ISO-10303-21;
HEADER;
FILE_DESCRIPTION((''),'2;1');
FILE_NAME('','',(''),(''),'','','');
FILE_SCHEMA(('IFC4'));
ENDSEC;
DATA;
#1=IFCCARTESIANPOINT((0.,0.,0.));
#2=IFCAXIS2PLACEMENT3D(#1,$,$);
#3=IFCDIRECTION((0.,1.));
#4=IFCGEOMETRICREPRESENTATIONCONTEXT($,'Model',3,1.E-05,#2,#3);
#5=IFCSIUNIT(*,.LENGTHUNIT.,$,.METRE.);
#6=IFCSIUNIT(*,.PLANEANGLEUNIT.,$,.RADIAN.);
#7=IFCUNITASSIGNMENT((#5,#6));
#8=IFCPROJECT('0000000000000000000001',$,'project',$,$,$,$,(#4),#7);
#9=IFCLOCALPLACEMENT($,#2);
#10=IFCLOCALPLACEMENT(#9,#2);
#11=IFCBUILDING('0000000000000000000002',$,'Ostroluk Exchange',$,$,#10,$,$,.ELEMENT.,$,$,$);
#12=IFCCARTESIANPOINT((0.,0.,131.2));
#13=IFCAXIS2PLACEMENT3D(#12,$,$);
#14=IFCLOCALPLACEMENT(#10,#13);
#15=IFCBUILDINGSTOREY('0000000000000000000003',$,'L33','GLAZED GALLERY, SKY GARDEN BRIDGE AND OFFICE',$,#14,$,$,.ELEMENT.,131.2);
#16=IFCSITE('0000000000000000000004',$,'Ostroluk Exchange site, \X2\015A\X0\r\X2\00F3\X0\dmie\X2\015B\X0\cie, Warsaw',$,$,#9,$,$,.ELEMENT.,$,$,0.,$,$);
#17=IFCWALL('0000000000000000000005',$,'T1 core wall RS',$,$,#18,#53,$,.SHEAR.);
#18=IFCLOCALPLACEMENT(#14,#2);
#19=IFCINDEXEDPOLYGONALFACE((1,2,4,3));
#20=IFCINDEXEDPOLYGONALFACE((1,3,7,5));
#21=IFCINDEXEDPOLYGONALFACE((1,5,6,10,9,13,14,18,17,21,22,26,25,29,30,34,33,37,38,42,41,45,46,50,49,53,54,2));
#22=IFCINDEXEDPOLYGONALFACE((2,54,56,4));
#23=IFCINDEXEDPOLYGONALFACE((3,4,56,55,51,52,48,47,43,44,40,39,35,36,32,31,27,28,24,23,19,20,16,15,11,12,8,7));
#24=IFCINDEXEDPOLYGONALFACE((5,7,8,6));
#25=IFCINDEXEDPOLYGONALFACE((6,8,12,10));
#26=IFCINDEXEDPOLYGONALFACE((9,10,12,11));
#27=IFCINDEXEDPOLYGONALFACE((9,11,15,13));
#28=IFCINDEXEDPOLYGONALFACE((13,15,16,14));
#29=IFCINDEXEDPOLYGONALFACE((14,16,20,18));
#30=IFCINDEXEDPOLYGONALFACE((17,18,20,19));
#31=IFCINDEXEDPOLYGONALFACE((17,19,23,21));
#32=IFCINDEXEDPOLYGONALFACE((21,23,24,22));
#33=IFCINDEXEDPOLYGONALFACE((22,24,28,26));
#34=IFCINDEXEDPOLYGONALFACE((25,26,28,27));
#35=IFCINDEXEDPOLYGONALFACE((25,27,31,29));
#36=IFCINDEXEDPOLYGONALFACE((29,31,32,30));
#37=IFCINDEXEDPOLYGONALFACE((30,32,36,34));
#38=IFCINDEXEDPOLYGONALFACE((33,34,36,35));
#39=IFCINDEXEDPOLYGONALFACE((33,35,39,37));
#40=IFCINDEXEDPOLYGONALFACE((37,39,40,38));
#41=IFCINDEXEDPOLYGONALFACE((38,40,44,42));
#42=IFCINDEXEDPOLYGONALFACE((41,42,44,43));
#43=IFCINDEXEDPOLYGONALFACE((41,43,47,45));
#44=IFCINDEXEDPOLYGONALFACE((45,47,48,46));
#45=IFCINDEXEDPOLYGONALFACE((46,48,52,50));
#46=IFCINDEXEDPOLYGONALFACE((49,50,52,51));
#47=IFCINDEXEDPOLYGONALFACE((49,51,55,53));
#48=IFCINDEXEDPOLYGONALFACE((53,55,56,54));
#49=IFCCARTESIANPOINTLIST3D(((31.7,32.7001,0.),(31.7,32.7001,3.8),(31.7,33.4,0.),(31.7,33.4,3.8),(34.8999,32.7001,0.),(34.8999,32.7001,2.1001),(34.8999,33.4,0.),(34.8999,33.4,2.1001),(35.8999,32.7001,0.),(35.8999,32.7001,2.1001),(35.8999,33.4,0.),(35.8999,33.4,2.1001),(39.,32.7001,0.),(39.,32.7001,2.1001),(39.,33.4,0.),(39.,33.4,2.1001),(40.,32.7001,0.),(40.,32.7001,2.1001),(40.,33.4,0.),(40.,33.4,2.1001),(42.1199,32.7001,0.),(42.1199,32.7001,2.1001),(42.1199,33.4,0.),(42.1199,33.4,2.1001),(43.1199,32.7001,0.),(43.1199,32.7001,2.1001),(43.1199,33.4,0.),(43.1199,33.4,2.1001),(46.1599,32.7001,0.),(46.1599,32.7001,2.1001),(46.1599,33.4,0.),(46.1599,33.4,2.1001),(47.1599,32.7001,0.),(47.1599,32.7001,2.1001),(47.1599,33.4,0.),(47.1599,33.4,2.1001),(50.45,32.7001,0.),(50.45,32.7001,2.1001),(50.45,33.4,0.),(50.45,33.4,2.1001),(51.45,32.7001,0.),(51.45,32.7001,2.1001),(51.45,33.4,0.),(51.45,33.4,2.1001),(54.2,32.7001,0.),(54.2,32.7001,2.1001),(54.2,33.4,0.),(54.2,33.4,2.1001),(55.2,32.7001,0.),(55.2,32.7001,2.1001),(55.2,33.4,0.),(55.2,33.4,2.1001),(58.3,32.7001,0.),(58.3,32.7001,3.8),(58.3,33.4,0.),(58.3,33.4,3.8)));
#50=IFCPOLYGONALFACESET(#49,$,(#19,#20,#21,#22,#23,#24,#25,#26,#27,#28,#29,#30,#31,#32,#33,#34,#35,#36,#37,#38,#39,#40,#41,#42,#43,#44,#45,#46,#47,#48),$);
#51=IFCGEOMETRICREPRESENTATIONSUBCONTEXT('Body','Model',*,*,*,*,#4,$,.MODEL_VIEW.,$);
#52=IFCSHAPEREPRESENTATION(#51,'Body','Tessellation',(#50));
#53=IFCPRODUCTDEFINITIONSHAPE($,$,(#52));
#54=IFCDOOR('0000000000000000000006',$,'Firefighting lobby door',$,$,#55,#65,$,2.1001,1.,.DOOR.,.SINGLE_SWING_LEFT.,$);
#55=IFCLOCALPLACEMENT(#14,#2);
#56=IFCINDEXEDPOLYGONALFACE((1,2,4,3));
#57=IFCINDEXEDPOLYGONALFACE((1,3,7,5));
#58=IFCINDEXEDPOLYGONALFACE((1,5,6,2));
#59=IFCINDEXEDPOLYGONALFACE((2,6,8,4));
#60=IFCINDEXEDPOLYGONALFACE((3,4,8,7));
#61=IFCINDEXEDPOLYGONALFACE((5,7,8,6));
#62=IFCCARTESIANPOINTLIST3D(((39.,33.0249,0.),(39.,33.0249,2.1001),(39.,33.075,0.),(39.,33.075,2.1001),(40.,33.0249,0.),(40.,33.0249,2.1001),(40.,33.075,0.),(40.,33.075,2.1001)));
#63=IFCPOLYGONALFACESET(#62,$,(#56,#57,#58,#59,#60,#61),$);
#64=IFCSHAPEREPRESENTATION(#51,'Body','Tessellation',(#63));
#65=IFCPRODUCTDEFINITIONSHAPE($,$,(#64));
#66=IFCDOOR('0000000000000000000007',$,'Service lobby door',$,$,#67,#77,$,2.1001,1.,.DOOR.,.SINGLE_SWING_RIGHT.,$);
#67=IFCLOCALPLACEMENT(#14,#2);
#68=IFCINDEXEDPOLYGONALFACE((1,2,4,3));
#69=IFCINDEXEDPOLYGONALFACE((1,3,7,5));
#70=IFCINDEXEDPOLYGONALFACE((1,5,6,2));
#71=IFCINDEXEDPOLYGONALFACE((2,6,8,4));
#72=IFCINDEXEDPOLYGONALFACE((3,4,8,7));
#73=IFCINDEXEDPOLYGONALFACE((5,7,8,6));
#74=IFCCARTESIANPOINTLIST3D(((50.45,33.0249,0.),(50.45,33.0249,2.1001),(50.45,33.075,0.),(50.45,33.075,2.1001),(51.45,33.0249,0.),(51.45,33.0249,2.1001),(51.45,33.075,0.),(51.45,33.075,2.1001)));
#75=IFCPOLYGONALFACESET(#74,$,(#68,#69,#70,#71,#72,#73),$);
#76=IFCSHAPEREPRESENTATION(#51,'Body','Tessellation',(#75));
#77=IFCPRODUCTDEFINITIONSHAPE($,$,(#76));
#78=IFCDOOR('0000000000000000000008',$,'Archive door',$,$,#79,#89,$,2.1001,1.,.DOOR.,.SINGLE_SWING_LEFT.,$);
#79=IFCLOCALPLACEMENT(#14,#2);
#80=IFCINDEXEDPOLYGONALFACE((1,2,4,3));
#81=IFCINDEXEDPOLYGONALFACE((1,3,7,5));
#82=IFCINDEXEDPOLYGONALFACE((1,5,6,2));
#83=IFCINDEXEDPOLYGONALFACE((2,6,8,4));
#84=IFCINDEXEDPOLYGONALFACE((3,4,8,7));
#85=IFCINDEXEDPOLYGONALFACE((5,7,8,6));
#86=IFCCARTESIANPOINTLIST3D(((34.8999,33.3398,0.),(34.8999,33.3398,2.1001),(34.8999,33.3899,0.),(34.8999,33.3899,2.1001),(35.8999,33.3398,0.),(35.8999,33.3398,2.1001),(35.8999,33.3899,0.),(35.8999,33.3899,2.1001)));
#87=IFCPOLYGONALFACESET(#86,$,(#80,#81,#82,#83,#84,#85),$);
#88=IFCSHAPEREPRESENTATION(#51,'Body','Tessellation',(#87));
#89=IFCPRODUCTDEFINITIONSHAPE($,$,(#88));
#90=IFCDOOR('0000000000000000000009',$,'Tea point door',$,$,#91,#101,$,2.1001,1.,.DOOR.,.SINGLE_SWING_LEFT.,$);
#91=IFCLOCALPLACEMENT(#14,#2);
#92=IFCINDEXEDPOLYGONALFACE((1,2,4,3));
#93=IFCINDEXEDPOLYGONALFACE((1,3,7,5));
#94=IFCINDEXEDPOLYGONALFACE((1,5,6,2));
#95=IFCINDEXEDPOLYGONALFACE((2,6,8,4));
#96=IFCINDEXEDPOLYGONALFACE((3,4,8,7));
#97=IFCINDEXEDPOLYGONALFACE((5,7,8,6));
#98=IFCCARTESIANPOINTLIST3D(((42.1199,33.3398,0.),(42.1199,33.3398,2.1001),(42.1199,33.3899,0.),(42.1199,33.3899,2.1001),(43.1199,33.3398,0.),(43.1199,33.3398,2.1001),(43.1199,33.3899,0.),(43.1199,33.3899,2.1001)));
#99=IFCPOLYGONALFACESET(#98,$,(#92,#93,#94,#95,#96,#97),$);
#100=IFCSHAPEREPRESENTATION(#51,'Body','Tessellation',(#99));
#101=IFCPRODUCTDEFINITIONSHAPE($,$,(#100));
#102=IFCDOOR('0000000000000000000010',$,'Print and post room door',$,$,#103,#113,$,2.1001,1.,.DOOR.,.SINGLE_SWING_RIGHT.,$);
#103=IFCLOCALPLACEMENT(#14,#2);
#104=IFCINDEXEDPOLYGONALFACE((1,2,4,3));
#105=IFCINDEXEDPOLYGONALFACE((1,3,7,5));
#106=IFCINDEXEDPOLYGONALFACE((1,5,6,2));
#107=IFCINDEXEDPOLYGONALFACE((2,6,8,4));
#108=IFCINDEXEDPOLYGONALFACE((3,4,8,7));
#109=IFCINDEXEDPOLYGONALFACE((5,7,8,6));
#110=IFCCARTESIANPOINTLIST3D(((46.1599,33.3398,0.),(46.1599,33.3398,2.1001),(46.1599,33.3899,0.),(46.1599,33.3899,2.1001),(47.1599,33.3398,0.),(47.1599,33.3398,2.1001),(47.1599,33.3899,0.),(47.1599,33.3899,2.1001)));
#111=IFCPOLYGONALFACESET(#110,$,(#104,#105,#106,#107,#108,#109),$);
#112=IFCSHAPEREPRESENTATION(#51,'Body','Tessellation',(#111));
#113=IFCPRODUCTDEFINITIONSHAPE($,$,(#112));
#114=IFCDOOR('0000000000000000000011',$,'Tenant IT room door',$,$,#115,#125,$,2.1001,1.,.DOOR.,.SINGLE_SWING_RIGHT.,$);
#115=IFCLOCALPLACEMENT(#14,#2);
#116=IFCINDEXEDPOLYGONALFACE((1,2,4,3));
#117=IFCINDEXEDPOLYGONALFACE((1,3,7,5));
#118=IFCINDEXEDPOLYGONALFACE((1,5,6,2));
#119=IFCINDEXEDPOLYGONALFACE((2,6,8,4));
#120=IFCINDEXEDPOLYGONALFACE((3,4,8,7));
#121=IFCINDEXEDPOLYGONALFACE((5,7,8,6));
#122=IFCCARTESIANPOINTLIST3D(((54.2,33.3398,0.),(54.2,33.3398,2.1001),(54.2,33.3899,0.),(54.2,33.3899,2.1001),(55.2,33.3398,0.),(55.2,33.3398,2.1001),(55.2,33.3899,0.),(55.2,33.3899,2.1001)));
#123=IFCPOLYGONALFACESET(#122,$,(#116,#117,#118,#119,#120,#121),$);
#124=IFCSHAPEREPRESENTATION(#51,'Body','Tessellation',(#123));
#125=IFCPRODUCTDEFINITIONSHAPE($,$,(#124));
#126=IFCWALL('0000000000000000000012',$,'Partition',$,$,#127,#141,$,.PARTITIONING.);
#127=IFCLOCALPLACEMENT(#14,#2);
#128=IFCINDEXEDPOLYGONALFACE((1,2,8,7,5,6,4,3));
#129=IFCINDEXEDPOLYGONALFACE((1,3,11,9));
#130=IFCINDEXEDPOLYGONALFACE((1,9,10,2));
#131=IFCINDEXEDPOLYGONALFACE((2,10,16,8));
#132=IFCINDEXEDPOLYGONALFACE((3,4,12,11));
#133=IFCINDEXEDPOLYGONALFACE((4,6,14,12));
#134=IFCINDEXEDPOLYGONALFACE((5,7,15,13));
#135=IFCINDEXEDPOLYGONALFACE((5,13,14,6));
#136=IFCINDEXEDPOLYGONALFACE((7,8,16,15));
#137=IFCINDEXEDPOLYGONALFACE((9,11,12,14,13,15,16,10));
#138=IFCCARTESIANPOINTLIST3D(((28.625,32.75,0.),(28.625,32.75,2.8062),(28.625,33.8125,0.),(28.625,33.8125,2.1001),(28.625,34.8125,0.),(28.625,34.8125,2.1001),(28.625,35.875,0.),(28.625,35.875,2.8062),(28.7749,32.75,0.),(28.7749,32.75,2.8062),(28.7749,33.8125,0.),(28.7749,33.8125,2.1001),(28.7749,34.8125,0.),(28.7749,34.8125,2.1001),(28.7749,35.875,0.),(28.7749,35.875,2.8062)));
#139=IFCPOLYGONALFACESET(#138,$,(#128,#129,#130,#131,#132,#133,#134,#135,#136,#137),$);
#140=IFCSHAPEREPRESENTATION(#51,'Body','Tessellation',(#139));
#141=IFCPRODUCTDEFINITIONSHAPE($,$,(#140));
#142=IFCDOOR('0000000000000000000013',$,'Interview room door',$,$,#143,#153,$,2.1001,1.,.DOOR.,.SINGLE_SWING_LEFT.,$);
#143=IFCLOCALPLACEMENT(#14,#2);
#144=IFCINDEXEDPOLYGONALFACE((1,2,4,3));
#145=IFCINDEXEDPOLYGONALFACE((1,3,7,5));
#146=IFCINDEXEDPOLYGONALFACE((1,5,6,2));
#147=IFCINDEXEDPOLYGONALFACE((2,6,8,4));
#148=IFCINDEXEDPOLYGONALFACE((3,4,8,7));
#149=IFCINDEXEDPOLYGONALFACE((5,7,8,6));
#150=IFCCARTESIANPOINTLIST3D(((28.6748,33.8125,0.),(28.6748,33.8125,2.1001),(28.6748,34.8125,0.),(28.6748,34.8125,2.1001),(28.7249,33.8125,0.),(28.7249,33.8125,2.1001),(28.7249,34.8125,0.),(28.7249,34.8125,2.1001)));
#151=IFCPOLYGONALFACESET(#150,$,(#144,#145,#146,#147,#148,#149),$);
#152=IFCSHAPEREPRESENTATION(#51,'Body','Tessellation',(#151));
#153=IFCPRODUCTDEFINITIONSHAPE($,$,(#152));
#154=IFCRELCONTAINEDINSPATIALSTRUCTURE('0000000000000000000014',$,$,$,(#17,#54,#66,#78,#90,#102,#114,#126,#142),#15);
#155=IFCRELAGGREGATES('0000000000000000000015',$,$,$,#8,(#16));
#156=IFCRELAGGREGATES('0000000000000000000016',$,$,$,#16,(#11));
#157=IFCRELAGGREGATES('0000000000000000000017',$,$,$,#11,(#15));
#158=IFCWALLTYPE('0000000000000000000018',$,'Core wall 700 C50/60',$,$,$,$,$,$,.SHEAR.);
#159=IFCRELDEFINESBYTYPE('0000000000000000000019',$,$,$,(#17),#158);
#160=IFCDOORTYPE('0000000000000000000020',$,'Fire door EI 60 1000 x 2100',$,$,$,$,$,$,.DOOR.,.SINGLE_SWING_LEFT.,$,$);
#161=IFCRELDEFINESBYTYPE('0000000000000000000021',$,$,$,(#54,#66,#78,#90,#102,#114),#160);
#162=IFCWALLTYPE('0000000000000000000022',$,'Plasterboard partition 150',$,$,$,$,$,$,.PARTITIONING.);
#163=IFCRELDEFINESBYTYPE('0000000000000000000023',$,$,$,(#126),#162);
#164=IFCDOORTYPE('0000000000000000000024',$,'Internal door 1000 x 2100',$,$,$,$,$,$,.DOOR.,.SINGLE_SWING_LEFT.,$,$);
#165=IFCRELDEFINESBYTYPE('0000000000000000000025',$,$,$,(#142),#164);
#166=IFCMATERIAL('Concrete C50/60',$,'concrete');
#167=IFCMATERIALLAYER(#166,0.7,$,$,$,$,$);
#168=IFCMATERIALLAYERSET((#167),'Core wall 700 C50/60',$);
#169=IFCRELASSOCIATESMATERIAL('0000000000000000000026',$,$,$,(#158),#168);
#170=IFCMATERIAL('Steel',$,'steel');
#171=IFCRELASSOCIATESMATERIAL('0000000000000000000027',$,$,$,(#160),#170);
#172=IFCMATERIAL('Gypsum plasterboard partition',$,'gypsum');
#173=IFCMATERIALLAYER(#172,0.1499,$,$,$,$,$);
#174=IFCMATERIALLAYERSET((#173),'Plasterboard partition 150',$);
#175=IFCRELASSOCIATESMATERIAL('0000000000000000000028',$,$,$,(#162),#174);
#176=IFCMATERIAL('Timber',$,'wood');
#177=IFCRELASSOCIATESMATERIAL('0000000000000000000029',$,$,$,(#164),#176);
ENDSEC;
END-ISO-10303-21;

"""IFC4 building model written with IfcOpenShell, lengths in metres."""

from ifc_helpers import new_model, si_unit, direction, frame, frame_2d, origin, place, context, subcontext, project, spatial, rectangle, extrude, material, layer, layer_set, type_object, element, fill, save


model = new_model("IFC4")

# Units and contexts
model_context = context("Model", 3, precision=1e-05, world=origin(), true_north=direction((0.0, 1.0)))
body_context = subcontext(model_context, "Body", "Model", "MODEL_VIEW")
ifc_project = project(units=[si_unit("LENGTHUNIT", "METRE"), si_unit("PLANEANGLEUNIT", "RADIAN")], contexts=[model_context])

# Site, building, storey
site_placement = place(None, origin())
site = spatial("IfcSite", under=ifc_project, at=site_placement, Name="Ostroluk Exchange site, Śródmieście, Warsaw", CompositionType="ELEMENT", RefElevation=0.0)
building_placement = place(site_placement, origin())
building = spatial("IfcBuilding", under=site, at=building_placement, Name="Ostroluk Exchange", CompositionType="ELEMENT")
storey_placement = place(building_placement, frame((0.0, 0.0, 131.2)))
storey = spatial("IfcBuildingStorey", under=building, at=storey_placement, Name="L33", Description="GLAZED GALLERY, SKY GARDEN BRIDGE AND OFFICE", CompositionType="ELEMENT", Elevation=131.2)

# Wall, openings, doors
ifc_material_1 = material(Name="Concrete C50/60", Category="concrete")
ifc_layer_1 = layer(ifc_material_1, 0.7)
ifc_layer_set_1 = layer_set([ifc_layer_1], Name="Core wall 700 C50/60")
wall_type_1 = type_object("IfcWallType", Name="Core wall 700 C50/60", PredefinedType="SHEAR", material=ifc_layer_set_1)
wall_1_placement = place(storey_placement, frame((31.7, 33.05, 0.0), z_axis=(0.0, 0.0, 1.0), x_axis=(1.0, 0.0, 0.0)))
wall_1 = element("IfcWall", 1, at=wall_1_placement, inside=storey, type_object=wall_type_1, Name="T1 core wall RS", PredefinedType="SHEAR", context=body_context, shape_type="SweptSolid", body=[
    extrude(rectangle(XDim=26.6001, YDim=0.7, at=frame_2d((13.3, 0.0))), origin(), (0.0, 0.0, 1.0), 3.8),
])
opening_1_placement = place(wall_1_placement, frame((7.3, 0.0, 0.0)))
opening_1 = element("IfcOpeningElement", 2, at=opening_1_placement, cuts=wall_1, PredefinedType="OPENING", context=body_context, shape_type="SweptSolid", body=[
    extrude(rectangle(XDim=1.0, YDim=2.1001, at=frame_2d((0.5, 1.05))), frame((0.0, 0.3599, 0.0), z_axis=(0.0, -1.0, 0.0), x_axis=(1.0, 0.0, 0.0)), (0.0, 0.0, 1.0), 0.72),
])
opening_2_placement = place(wall_1_placement, frame((18.75, 0.0, 0.0)))
opening_2 = element("IfcOpeningElement", 3, at=opening_2_placement, cuts=wall_1, PredefinedType="OPENING", context=body_context, shape_type="SweptSolid", body=[
    extrude(rectangle(XDim=1.0, YDim=2.1001, at=frame_2d((0.5, 1.05))), frame((0.0, 0.3599, 0.0), z_axis=(0.0, -1.0, 0.0), x_axis=(1.0, 0.0, 0.0)), (0.0, 0.0, 1.0), 0.72),
])
opening_3_placement = place(wall_1_placement, frame((3.2, 0.0, 0.0)))
opening_3 = element("IfcOpeningElement", 4, at=opening_3_placement, cuts=wall_1, PredefinedType="OPENING", context=body_context, shape_type="SweptSolid", body=[
    extrude(rectangle(XDim=1.0, YDim=2.1001, at=frame_2d((0.5, 1.05))), frame((0.0, 0.3599, 0.0), z_axis=(0.0, -1.0, 0.0), x_axis=(1.0, 0.0, 0.0)), (0.0, 0.0, 1.0), 0.72),
])
opening_4_placement = place(wall_1_placement, frame((10.4199, 0.0, 0.0)))
opening_4 = element("IfcOpeningElement", 5, at=opening_4_placement, cuts=wall_1, PredefinedType="OPENING", context=body_context, shape_type="SweptSolid", body=[
    extrude(rectangle(XDim=1.0, YDim=2.1001, at=frame_2d((0.5, 1.05))), frame((0.0, 0.3599, 0.0), z_axis=(0.0, -1.0, 0.0), x_axis=(1.0, 0.0, 0.0)), (0.0, 0.0, 1.0), 0.72),
])
opening_5_placement = place(wall_1_placement, frame((14.46, 0.0, 0.0)))
opening_5 = element("IfcOpeningElement", 6, at=opening_5_placement, cuts=wall_1, PredefinedType="OPENING", context=body_context, shape_type="SweptSolid", body=[
    extrude(rectangle(XDim=1.0, YDim=2.1001, at=frame_2d((0.5, 1.05))), frame((0.0, 0.3599, 0.0), z_axis=(0.0, -1.0, 0.0), x_axis=(1.0, 0.0, 0.0)), (0.0, 0.0, 1.0), 0.72),
])
opening_6_placement = place(wall_1_placement, frame((22.5, 0.0, 0.0)))
opening_6 = element("IfcOpeningElement", 7, at=opening_6_placement, cuts=wall_1, PredefinedType="OPENING", context=body_context, shape_type="SweptSolid", body=[
    extrude(rectangle(XDim=1.0, YDim=2.1001, at=frame_2d((0.5, 1.05))), frame((0.0, 0.3599, 0.0), z_axis=(0.0, -1.0, 0.0), x_axis=(1.0, 0.0, 0.0)), (0.0, 0.0, 1.0), 0.72),
])
ifc_material_2 = material(Name="Steel", Category="steel")
door_type_1 = type_object("IfcDoorType", Name="Fire door EI 60 1000 x 2100", OperationType="SINGLE_SWING_LEFT", PredefinedType="DOOR", material=ifc_material_2)
door_1_placement = place(opening_1_placement, origin())
door_1 = element("IfcDoor", 8, at=door_1_placement, inside=storey, type_object=door_type_1, Name="Firefighting lobby door", OperationType="SINGLE_SWING_LEFT", OverallHeight=2.1001, OverallWidth=1.0, PredefinedType="DOOR", context=body_context, shape_type="SweptSolid", body=[
    extrude(rectangle(XDim=1.0, YDim=2.1001, at=frame_2d((0.5, 1.05))), frame((0.0, 0.0249, 0.0), z_axis=(0.0, -1.0, 0.0), x_axis=(1.0, 0.0, 0.0)), (0.0, 0.0, 1.0), 0.05),
])
fill(opening_1, door_1)
door_2_placement = place(opening_2_placement, origin())
door_2 = element("IfcDoor", 9, at=door_2_placement, inside=storey, type_object=door_type_1, Name="Service lobby door", OperationType="SINGLE_SWING_RIGHT", OverallHeight=2.1001, OverallWidth=1.0, PredefinedType="DOOR", context=body_context, shape_type="SweptSolid", body=[
    extrude(rectangle(XDim=1.0, YDim=2.1001, at=frame_2d((0.5, 1.05))), frame((0.0, 0.0249, 0.0), z_axis=(0.0, -1.0, 0.0), x_axis=(1.0, 0.0, 0.0)), (0.0, 0.0, 1.0), 0.05),
])
fill(opening_2, door_2)
door_3_placement = place(opening_3_placement, origin())
door_3 = element("IfcDoor", 10, at=door_3_placement, inside=storey, type_object=door_type_1, Name="Archive door", OperationType="SINGLE_SWING_LEFT", OverallHeight=2.1001, OverallWidth=1.0, PredefinedType="DOOR", context=body_context, shape_type="SweptSolid", body=[
    extrude(rectangle(XDim=1.0, YDim=2.1001, at=frame_2d((0.5, 1.05))), frame((0.0, 0.3398, 0.0), z_axis=(0.0, -1.0, 0.0), x_axis=(1.0, 0.0, 0.0)), (0.0, 0.0, 1.0), 0.05),
])
fill(opening_3, door_3)
door_4_placement = place(opening_4_placement, origin())
door_4 = element("IfcDoor", 11, at=door_4_placement, inside=storey, type_object=door_type_1, Name="Tea point door", OperationType="SINGLE_SWING_LEFT", OverallHeight=2.1001, OverallWidth=1.0, PredefinedType="DOOR", context=body_context, shape_type="SweptSolid", body=[
    extrude(rectangle(XDim=1.0, YDim=2.1001, at=frame_2d((0.5, 1.05))), frame((0.0, 0.3398, 0.0), z_axis=(0.0, -1.0, 0.0), x_axis=(1.0, 0.0, 0.0)), (0.0, 0.0, 1.0), 0.05),
])
fill(opening_4, door_4)
door_5_placement = place(opening_5_placement, origin())
door_5 = element("IfcDoor", 12, at=door_5_placement, inside=storey, type_object=door_type_1, Name="Print and post room door", OperationType="SINGLE_SWING_RIGHT", OverallHeight=2.1001, OverallWidth=1.0, PredefinedType="DOOR", context=body_context, shape_type="SweptSolid", body=[
    extrude(rectangle(XDim=1.0, YDim=2.1001, at=frame_2d((0.5, 1.05))), frame((0.0, 0.3398, 0.0), z_axis=(0.0, -1.0, 0.0), x_axis=(1.0, 0.0, 0.0)), (0.0, 0.0, 1.0), 0.05),
])
fill(opening_5, door_5)
door_6_placement = place(opening_6_placement, origin())
door_6 = element("IfcDoor", 13, at=door_6_placement, inside=storey, type_object=door_type_1, Name="Tenant IT room door", OperationType="SINGLE_SWING_RIGHT", OverallHeight=2.1001, OverallWidth=1.0, PredefinedType="DOOR", context=body_context, shape_type="SweptSolid", body=[
    extrude(rectangle(XDim=1.0, YDim=2.1001, at=frame_2d((0.5, 1.05))), frame((0.0, 0.3398, 0.0), z_axis=(0.0, -1.0, 0.0), x_axis=(1.0, 0.0, 0.0)), (0.0, 0.0, 1.0), 0.05),
])
fill(opening_6, door_6)

# Wall, opening, door
ifc_material_3 = material(Name="Gypsum plasterboard partition", Category="gypsum")
ifc_layer_2 = layer(ifc_material_3, 0.1499)
ifc_layer_set_2 = layer_set([ifc_layer_2], Name="Plasterboard partition 150")
wall_type_2 = type_object("IfcWallType", Name="Plasterboard partition 150", PredefinedType="PARTITIONING", material=ifc_layer_set_2)
wall_2_placement = place(storey_placement, frame((28.7, 35.875, 0.0), z_axis=(0.0, 0.0, 1.0), x_axis=(0.0, -1.0, 0.0)))
wall_2 = element("IfcWall", 14, at=wall_2_placement, inside=storey, type_object=wall_type_2, Name="Partition", PredefinedType="PARTITIONING", context=body_context, shape_type="SweptSolid", body=[
    extrude(rectangle(XDim=3.125, YDim=0.1499, at=frame_2d((1.5625, 0.0))), origin(), (0.0, 0.0, 1.0), 2.8062),
])
opening_7_placement = place(wall_2_placement, frame((1.0625, 0.0, 0.0)))
opening_7 = element("IfcOpeningElement", 15, at=opening_7_placement, cuts=wall_2, PredefinedType="OPENING", context=body_context, shape_type="SweptSolid", body=[
    extrude(rectangle(XDim=1.0, YDim=2.1001, at=frame_2d((0.5, 1.05))), frame((0.0, 0.085, 0.0), z_axis=(0.0, -1.0, 0.0), x_axis=(1.0, 0.0, 0.0)), (0.0, 0.0, 1.0), 0.1699),
])
ifc_material_4 = material(Name="Timber", Category="wood")
door_type_2 = type_object("IfcDoorType", Name="Internal door 1000 x 2100", OperationType="SINGLE_SWING_LEFT", PredefinedType="DOOR", material=ifc_material_4)
door_7_placement = place(opening_7_placement, origin())
door_7 = element("IfcDoor", 16, at=door_7_placement, inside=storey, type_object=door_type_2, Name="Interview room door", OperationType="SINGLE_SWING_LEFT", OverallHeight=2.1001, OverallWidth=1.0, PredefinedType="DOOR", context=body_context, shape_type="SweptSolid", body=[
    extrude(rectangle(XDim=1.0, YDim=2.1001, at=frame_2d((0.5, 1.05))), frame((0.0, 0.0249, 0.0), z_axis=(0.0, -1.0, 0.0), x_axis=(1.0, 0.0, 0.0)), (0.0, 0.0, 1.0), 0.05),
])
fill(opening_7, door_7)

save(model, "model.ifc")
